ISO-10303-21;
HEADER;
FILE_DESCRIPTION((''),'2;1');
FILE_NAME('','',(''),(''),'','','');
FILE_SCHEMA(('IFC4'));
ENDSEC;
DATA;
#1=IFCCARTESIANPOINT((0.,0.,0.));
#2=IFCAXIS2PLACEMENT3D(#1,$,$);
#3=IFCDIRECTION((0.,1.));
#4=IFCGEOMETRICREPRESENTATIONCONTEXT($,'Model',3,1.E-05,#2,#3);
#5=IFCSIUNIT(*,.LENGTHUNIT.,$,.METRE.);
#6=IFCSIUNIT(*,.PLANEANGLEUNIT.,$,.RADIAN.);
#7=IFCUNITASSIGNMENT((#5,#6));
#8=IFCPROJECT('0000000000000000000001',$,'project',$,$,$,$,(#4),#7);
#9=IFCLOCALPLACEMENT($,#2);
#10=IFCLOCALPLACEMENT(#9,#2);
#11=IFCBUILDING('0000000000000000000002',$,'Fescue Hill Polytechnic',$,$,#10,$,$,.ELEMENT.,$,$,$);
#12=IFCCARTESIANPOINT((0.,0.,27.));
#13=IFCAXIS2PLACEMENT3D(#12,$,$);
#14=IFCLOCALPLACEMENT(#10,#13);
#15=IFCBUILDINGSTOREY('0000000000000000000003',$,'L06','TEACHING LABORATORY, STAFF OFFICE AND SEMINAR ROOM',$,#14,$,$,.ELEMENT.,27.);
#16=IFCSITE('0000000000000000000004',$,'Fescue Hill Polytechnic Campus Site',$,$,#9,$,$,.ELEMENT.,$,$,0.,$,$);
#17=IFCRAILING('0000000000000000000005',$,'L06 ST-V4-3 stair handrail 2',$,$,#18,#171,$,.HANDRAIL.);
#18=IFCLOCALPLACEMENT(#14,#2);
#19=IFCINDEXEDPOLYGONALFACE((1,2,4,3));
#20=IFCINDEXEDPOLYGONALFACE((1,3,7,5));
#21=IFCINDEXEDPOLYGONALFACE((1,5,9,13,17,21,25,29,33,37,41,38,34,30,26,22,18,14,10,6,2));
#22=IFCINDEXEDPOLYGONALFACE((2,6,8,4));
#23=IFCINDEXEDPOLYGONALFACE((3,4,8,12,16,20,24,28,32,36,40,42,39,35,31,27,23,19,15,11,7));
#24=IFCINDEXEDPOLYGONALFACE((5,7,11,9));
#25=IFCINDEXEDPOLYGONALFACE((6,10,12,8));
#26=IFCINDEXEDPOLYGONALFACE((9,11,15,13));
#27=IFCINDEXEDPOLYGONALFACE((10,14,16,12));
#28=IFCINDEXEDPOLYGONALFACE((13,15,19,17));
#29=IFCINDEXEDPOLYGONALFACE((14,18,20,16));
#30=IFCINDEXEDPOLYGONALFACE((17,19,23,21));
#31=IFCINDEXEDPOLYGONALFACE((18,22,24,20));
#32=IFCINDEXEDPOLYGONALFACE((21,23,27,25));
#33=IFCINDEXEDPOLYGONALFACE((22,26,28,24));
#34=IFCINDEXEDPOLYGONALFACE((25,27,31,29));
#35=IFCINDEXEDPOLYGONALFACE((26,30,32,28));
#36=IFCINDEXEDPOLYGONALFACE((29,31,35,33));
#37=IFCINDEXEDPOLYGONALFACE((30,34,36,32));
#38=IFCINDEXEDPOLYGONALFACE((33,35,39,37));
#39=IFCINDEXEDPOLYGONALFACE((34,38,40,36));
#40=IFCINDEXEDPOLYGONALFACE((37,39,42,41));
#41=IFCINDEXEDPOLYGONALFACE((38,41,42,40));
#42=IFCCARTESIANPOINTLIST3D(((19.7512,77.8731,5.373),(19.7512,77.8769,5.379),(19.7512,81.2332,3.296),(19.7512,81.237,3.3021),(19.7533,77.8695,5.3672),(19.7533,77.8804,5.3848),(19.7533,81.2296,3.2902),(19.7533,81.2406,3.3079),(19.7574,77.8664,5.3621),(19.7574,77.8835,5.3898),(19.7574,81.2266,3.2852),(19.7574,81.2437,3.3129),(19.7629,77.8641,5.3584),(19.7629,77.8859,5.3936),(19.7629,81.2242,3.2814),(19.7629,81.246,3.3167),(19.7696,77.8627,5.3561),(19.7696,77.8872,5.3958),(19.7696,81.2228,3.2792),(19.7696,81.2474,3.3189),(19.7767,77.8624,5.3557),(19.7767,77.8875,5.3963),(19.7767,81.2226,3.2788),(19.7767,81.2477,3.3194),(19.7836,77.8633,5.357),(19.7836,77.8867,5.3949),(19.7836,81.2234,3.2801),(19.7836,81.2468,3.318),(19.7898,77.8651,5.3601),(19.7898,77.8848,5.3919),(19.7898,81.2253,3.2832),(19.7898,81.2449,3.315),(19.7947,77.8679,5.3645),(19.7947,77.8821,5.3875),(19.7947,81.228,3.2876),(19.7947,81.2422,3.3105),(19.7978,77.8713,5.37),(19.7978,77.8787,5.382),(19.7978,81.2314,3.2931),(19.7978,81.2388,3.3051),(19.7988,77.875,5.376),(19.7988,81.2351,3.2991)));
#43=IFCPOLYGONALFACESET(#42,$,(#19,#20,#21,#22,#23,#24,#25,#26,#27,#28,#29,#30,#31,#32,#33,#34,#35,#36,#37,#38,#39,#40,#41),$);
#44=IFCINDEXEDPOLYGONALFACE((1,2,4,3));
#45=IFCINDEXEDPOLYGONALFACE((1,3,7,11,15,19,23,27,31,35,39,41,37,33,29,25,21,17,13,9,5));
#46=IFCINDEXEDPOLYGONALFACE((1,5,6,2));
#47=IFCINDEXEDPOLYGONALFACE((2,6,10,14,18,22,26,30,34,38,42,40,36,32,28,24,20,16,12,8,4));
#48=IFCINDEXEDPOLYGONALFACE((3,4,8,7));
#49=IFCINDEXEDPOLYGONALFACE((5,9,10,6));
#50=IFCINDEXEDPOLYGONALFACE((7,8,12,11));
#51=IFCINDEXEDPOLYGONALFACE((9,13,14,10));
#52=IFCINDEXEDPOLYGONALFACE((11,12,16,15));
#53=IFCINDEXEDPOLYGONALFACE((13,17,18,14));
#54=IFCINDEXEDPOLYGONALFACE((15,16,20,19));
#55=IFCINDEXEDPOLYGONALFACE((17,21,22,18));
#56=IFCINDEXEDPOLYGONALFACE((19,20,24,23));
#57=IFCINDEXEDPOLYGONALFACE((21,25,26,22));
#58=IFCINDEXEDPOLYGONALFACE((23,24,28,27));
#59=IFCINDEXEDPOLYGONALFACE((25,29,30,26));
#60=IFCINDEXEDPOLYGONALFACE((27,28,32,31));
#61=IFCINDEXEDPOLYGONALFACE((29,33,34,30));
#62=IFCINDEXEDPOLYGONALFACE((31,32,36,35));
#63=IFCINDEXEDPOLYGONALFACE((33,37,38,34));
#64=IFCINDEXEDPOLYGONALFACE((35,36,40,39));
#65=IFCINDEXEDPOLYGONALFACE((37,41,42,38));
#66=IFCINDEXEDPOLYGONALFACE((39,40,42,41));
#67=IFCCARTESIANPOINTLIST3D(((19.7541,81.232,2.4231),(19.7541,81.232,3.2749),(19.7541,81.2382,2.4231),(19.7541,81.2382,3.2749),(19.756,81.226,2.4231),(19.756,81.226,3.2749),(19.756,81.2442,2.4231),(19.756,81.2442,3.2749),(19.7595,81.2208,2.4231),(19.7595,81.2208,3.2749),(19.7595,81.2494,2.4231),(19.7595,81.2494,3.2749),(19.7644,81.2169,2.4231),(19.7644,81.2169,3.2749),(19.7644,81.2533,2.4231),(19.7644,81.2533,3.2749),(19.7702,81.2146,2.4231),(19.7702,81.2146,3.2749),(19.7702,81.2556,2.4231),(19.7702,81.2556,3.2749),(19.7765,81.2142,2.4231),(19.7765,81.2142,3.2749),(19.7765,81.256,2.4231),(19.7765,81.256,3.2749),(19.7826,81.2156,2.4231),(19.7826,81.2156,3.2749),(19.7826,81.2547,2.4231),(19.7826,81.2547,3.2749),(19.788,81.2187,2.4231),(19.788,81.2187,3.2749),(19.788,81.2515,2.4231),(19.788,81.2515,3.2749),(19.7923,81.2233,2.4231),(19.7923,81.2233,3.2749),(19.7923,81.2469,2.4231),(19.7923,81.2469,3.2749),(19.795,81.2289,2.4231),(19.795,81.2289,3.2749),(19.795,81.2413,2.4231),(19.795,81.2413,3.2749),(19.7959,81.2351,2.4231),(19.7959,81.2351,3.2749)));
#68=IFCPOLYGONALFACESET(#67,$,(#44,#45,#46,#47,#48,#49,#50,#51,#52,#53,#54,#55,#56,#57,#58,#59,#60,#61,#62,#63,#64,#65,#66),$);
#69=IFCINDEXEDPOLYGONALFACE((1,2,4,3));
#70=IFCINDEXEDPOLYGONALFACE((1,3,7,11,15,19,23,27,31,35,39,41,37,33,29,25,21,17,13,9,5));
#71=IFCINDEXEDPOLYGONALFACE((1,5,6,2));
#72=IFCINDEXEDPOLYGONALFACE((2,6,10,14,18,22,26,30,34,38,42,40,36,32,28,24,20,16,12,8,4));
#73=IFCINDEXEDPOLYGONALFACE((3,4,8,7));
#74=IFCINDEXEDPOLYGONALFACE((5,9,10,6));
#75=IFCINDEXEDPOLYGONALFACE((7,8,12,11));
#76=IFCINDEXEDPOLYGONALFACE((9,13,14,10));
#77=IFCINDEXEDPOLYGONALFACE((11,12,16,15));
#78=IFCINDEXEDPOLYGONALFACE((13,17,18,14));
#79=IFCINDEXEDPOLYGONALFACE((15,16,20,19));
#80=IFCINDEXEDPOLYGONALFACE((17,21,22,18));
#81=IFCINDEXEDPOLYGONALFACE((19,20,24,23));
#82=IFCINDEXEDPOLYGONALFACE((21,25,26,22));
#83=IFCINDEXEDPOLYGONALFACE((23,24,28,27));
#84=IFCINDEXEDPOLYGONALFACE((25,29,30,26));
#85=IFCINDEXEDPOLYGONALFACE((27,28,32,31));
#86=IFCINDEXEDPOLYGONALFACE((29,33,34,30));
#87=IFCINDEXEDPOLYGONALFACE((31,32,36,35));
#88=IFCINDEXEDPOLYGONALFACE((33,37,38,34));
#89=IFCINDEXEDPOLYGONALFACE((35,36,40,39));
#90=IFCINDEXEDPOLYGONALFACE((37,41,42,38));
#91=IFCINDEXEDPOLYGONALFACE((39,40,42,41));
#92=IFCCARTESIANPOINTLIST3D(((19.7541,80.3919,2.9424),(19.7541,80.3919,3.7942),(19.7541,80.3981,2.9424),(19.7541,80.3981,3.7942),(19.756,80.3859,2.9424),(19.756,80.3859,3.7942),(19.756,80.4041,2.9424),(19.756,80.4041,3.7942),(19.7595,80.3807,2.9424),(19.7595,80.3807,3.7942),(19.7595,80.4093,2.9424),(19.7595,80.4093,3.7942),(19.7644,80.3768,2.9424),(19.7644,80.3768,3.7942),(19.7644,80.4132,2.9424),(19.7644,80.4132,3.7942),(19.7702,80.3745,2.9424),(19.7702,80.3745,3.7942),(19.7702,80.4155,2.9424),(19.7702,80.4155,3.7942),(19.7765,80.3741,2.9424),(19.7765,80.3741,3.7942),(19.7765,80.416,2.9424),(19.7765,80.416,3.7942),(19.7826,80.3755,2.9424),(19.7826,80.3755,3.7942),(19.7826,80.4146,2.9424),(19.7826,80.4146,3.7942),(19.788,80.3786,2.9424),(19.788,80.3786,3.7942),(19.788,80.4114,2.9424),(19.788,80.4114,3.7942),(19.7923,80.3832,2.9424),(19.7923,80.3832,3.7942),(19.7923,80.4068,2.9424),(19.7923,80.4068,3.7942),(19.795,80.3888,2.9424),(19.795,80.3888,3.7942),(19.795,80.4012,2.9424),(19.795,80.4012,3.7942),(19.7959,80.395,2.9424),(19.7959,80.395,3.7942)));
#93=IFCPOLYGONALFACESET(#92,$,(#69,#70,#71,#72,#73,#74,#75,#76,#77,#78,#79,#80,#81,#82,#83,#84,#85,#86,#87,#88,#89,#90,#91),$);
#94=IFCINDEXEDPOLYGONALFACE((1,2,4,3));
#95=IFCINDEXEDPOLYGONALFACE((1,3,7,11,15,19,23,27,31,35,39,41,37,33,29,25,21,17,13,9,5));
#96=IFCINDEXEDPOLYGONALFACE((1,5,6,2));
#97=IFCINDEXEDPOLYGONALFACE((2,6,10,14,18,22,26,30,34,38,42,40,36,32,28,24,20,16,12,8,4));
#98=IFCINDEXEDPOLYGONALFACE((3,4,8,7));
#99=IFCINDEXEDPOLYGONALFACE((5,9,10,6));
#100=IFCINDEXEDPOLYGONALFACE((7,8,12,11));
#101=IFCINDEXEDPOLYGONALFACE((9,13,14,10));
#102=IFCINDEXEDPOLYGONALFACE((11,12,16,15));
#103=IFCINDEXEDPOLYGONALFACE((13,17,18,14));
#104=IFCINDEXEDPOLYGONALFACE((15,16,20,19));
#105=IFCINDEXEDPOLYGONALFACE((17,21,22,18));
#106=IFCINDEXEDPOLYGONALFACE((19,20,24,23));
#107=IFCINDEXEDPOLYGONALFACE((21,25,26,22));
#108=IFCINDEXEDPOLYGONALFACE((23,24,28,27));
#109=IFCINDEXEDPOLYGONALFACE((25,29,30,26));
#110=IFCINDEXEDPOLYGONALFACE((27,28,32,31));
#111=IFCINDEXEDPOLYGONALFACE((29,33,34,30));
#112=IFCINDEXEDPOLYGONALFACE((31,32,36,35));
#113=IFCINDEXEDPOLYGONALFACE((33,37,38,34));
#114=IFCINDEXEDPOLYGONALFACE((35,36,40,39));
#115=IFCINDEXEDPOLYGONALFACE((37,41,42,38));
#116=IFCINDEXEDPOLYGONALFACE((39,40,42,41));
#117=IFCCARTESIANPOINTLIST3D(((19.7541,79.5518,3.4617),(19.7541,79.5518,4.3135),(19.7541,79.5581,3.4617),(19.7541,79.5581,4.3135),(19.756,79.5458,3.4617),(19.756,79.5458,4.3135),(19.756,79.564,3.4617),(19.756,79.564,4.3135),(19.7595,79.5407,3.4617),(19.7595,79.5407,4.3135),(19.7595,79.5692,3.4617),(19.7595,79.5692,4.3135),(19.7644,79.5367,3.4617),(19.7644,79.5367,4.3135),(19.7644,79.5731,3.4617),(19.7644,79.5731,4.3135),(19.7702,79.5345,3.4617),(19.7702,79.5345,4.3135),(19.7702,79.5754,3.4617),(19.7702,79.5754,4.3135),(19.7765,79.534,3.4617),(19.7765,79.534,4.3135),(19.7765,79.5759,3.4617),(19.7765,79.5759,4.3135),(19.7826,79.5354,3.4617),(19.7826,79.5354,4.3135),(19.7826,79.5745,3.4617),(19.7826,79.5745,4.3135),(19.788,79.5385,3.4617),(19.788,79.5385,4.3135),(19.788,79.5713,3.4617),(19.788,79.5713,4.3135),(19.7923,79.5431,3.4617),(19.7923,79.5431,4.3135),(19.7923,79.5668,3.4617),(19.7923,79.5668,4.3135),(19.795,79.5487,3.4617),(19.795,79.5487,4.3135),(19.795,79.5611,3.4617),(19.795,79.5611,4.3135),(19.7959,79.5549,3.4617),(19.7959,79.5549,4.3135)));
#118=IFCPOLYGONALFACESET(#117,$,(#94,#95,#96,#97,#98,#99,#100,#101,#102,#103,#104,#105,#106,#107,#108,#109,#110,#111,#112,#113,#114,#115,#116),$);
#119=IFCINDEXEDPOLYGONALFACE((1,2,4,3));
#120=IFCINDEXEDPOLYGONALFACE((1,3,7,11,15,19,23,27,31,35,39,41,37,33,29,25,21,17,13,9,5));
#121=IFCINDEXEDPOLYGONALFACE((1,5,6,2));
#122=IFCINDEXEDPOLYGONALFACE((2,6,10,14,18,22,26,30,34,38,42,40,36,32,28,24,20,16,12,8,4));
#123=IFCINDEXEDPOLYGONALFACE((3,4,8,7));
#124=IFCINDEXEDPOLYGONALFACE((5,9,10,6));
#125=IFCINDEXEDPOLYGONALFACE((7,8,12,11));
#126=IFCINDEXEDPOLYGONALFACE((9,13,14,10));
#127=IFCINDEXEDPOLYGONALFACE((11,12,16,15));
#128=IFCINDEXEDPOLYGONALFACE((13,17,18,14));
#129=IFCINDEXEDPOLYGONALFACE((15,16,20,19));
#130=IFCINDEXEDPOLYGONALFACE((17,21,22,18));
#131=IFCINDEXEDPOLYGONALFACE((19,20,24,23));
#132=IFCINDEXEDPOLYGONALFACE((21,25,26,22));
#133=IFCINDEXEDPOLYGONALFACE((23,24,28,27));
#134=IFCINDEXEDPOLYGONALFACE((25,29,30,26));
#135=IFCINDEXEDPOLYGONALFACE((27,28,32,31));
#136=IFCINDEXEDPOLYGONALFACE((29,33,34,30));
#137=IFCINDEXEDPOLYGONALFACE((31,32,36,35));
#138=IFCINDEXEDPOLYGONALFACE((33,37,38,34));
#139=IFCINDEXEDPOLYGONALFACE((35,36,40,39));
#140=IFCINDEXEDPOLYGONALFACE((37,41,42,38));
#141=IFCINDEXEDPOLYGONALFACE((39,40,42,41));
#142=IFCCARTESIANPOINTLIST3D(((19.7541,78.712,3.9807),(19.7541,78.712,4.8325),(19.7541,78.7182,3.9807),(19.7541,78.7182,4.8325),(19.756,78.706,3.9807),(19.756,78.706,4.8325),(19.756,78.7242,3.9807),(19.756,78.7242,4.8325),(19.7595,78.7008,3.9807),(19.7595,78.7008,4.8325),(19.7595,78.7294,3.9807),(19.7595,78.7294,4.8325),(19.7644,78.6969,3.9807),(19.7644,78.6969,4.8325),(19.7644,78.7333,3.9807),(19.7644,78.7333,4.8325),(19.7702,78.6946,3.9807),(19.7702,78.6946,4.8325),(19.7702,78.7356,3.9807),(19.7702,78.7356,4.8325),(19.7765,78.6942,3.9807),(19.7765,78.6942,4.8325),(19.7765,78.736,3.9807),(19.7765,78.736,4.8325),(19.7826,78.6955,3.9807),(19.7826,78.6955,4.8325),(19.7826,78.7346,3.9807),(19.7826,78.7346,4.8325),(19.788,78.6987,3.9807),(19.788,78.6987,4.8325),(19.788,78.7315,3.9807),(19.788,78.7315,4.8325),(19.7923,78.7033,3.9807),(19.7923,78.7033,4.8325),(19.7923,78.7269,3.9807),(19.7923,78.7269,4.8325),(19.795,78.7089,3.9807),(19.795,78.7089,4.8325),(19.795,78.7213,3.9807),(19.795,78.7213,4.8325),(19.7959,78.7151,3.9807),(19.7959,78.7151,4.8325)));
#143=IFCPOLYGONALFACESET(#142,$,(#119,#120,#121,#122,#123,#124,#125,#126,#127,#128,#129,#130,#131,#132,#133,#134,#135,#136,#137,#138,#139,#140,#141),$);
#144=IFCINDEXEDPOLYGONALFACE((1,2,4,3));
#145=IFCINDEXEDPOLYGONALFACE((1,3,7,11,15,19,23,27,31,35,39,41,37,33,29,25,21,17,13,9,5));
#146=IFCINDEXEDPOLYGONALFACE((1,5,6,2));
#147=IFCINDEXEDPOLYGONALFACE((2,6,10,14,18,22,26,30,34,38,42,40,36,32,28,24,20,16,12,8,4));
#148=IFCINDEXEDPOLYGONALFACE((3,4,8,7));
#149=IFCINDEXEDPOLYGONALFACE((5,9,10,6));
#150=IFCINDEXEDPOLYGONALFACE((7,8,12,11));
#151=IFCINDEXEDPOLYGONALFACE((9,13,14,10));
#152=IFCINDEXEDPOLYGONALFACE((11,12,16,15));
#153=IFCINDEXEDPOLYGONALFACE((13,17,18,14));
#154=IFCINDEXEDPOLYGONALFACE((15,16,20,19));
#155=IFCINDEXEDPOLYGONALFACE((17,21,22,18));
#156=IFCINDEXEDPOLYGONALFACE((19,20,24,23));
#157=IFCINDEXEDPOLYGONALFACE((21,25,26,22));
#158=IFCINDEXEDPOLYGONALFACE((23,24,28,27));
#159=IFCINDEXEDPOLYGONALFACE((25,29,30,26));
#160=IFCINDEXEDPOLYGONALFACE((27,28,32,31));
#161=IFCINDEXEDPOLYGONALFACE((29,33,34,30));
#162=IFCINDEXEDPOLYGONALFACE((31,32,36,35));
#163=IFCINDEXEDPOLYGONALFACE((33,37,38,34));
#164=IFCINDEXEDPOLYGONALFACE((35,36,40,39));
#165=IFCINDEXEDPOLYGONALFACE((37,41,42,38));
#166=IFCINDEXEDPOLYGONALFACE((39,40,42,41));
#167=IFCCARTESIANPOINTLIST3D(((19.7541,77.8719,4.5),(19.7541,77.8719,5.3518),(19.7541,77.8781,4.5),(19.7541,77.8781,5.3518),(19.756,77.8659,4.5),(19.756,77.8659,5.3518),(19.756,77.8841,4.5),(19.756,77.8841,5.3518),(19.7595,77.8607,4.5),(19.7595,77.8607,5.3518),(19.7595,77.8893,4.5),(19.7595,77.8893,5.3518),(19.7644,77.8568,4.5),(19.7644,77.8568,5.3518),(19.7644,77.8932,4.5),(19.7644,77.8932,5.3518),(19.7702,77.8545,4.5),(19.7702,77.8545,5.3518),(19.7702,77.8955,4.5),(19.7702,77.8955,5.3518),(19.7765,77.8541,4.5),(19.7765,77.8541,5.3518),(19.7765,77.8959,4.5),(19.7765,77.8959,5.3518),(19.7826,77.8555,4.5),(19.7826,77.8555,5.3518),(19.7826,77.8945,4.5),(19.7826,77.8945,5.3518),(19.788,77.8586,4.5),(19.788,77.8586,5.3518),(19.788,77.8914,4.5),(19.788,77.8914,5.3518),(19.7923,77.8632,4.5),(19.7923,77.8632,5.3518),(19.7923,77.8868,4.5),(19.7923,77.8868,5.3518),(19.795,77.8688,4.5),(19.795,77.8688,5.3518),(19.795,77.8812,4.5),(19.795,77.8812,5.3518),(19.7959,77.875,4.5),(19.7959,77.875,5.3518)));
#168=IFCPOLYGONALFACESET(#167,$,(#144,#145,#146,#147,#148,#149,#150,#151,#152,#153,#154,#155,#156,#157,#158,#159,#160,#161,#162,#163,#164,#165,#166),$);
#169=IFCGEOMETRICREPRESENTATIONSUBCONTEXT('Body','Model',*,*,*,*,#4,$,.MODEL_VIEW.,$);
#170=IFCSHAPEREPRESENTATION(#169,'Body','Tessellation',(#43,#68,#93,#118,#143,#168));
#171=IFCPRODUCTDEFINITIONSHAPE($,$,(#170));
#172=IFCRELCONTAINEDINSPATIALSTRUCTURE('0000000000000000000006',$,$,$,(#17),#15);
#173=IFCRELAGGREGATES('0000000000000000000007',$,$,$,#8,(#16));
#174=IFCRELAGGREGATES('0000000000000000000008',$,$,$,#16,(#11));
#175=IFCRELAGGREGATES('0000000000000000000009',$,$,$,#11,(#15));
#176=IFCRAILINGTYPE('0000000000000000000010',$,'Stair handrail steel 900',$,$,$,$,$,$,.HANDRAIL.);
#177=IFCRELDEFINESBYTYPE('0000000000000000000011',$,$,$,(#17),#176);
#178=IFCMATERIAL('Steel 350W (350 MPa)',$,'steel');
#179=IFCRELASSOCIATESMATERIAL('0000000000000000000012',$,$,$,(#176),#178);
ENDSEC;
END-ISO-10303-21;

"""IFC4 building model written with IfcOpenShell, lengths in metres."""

from ifc_helpers import new_model, si_unit, direction, frame, origin, origin_2d, place, context, subcontext, project, spatial, circle, extrude, material, type_object, element, save


model = new_model("IFC4")

# Units and contexts
model_context = context("Model", 3, precision=1e-05, world=origin(), true_north=direction((0.0, 1.0)))
body_context = subcontext(model_context, "Body", "Model", "MODEL_VIEW")
ifc_project = project(units=[si_unit("LENGTHUNIT", "METRE"), si_unit("PLANEANGLEUNIT", "RADIAN")], contexts=[model_context])

# Site, building, storey
site_placement = place(None, origin())
site = spatial("IfcSite", under=ifc_project, at=site_placement, Name="Fescue Hill Polytechnic Campus Site", CompositionType="ELEMENT", RefElevation=0.0)
building_placement = place(site_placement, origin())
building = spatial("IfcBuilding", under=site, at=building_placement, Name="Fescue Hill Polytechnic", CompositionType="ELEMENT")
storey_placement = place(building_placement, frame((0.0, 0.0, 27.0)))
storey = spatial("IfcBuildingStorey", under=building, at=storey_placement, Name="L06", Description="TEACHING LABORATORY, STAFF OFFICE AND SEMINAR ROOM", CompositionType="ELEMENT", Elevation=27.0)

# Railing
ifc_material_1 = material(Name="Steel 350W (350 MPa)", Category="steel")
railing_type_1 = type_object("IfcRailingType", Name="Stair handrail steel 900", PredefinedType="HANDRAIL", material=ifc_material_1)
railing_1_placement = place(storey_placement, frame((19.7749, 81.2351, 2.4231)))
element("IfcRailing", 1, at=railing_1_placement, inside=storey, type_object=railing_type_1, Name="L06 ST-V4-3 stair handrail 2", PredefinedType="HANDRAIL", context=body_context, shape_type="SweptSolid", body=[
    extrude(circle(Radius=0.0239, at=origin_2d()), frame((0.0, 0.0, 0.876), z_axis=(0.0, -0.850623, 0.525776), x_axis=(1.0, 0.0, 0.0)), (0.0, 0.0, 1.0), 3.9502),
    extrude(circle(Radius=0.021, at=origin_2d()), origin(), (0.0, 0.0, 1.0), 0.8518),
    extrude(circle(Radius=0.021, at=origin_2d()), frame((0.0, -0.8401, 0.5193)), (0.0, 0.0, 1.0), 0.8518),
    extrude(circle(Radius=0.021, at=origin_2d()), frame((0.0, -1.6802, 1.0386)), (0.0, 0.0, 1.0), 0.8518),
    extrude(circle(Radius=0.021, at=origin_2d()), frame((0.0, -2.52, 1.5576)), (0.0, 0.0, 1.0), 0.8518),
    extrude(circle(Radius=0.021, at=origin_2d()), frame((0.0, -3.3601, 2.0769)), (0.0, 0.0, 1.0), 0.8518),
])

save(model, "model.ifc")
